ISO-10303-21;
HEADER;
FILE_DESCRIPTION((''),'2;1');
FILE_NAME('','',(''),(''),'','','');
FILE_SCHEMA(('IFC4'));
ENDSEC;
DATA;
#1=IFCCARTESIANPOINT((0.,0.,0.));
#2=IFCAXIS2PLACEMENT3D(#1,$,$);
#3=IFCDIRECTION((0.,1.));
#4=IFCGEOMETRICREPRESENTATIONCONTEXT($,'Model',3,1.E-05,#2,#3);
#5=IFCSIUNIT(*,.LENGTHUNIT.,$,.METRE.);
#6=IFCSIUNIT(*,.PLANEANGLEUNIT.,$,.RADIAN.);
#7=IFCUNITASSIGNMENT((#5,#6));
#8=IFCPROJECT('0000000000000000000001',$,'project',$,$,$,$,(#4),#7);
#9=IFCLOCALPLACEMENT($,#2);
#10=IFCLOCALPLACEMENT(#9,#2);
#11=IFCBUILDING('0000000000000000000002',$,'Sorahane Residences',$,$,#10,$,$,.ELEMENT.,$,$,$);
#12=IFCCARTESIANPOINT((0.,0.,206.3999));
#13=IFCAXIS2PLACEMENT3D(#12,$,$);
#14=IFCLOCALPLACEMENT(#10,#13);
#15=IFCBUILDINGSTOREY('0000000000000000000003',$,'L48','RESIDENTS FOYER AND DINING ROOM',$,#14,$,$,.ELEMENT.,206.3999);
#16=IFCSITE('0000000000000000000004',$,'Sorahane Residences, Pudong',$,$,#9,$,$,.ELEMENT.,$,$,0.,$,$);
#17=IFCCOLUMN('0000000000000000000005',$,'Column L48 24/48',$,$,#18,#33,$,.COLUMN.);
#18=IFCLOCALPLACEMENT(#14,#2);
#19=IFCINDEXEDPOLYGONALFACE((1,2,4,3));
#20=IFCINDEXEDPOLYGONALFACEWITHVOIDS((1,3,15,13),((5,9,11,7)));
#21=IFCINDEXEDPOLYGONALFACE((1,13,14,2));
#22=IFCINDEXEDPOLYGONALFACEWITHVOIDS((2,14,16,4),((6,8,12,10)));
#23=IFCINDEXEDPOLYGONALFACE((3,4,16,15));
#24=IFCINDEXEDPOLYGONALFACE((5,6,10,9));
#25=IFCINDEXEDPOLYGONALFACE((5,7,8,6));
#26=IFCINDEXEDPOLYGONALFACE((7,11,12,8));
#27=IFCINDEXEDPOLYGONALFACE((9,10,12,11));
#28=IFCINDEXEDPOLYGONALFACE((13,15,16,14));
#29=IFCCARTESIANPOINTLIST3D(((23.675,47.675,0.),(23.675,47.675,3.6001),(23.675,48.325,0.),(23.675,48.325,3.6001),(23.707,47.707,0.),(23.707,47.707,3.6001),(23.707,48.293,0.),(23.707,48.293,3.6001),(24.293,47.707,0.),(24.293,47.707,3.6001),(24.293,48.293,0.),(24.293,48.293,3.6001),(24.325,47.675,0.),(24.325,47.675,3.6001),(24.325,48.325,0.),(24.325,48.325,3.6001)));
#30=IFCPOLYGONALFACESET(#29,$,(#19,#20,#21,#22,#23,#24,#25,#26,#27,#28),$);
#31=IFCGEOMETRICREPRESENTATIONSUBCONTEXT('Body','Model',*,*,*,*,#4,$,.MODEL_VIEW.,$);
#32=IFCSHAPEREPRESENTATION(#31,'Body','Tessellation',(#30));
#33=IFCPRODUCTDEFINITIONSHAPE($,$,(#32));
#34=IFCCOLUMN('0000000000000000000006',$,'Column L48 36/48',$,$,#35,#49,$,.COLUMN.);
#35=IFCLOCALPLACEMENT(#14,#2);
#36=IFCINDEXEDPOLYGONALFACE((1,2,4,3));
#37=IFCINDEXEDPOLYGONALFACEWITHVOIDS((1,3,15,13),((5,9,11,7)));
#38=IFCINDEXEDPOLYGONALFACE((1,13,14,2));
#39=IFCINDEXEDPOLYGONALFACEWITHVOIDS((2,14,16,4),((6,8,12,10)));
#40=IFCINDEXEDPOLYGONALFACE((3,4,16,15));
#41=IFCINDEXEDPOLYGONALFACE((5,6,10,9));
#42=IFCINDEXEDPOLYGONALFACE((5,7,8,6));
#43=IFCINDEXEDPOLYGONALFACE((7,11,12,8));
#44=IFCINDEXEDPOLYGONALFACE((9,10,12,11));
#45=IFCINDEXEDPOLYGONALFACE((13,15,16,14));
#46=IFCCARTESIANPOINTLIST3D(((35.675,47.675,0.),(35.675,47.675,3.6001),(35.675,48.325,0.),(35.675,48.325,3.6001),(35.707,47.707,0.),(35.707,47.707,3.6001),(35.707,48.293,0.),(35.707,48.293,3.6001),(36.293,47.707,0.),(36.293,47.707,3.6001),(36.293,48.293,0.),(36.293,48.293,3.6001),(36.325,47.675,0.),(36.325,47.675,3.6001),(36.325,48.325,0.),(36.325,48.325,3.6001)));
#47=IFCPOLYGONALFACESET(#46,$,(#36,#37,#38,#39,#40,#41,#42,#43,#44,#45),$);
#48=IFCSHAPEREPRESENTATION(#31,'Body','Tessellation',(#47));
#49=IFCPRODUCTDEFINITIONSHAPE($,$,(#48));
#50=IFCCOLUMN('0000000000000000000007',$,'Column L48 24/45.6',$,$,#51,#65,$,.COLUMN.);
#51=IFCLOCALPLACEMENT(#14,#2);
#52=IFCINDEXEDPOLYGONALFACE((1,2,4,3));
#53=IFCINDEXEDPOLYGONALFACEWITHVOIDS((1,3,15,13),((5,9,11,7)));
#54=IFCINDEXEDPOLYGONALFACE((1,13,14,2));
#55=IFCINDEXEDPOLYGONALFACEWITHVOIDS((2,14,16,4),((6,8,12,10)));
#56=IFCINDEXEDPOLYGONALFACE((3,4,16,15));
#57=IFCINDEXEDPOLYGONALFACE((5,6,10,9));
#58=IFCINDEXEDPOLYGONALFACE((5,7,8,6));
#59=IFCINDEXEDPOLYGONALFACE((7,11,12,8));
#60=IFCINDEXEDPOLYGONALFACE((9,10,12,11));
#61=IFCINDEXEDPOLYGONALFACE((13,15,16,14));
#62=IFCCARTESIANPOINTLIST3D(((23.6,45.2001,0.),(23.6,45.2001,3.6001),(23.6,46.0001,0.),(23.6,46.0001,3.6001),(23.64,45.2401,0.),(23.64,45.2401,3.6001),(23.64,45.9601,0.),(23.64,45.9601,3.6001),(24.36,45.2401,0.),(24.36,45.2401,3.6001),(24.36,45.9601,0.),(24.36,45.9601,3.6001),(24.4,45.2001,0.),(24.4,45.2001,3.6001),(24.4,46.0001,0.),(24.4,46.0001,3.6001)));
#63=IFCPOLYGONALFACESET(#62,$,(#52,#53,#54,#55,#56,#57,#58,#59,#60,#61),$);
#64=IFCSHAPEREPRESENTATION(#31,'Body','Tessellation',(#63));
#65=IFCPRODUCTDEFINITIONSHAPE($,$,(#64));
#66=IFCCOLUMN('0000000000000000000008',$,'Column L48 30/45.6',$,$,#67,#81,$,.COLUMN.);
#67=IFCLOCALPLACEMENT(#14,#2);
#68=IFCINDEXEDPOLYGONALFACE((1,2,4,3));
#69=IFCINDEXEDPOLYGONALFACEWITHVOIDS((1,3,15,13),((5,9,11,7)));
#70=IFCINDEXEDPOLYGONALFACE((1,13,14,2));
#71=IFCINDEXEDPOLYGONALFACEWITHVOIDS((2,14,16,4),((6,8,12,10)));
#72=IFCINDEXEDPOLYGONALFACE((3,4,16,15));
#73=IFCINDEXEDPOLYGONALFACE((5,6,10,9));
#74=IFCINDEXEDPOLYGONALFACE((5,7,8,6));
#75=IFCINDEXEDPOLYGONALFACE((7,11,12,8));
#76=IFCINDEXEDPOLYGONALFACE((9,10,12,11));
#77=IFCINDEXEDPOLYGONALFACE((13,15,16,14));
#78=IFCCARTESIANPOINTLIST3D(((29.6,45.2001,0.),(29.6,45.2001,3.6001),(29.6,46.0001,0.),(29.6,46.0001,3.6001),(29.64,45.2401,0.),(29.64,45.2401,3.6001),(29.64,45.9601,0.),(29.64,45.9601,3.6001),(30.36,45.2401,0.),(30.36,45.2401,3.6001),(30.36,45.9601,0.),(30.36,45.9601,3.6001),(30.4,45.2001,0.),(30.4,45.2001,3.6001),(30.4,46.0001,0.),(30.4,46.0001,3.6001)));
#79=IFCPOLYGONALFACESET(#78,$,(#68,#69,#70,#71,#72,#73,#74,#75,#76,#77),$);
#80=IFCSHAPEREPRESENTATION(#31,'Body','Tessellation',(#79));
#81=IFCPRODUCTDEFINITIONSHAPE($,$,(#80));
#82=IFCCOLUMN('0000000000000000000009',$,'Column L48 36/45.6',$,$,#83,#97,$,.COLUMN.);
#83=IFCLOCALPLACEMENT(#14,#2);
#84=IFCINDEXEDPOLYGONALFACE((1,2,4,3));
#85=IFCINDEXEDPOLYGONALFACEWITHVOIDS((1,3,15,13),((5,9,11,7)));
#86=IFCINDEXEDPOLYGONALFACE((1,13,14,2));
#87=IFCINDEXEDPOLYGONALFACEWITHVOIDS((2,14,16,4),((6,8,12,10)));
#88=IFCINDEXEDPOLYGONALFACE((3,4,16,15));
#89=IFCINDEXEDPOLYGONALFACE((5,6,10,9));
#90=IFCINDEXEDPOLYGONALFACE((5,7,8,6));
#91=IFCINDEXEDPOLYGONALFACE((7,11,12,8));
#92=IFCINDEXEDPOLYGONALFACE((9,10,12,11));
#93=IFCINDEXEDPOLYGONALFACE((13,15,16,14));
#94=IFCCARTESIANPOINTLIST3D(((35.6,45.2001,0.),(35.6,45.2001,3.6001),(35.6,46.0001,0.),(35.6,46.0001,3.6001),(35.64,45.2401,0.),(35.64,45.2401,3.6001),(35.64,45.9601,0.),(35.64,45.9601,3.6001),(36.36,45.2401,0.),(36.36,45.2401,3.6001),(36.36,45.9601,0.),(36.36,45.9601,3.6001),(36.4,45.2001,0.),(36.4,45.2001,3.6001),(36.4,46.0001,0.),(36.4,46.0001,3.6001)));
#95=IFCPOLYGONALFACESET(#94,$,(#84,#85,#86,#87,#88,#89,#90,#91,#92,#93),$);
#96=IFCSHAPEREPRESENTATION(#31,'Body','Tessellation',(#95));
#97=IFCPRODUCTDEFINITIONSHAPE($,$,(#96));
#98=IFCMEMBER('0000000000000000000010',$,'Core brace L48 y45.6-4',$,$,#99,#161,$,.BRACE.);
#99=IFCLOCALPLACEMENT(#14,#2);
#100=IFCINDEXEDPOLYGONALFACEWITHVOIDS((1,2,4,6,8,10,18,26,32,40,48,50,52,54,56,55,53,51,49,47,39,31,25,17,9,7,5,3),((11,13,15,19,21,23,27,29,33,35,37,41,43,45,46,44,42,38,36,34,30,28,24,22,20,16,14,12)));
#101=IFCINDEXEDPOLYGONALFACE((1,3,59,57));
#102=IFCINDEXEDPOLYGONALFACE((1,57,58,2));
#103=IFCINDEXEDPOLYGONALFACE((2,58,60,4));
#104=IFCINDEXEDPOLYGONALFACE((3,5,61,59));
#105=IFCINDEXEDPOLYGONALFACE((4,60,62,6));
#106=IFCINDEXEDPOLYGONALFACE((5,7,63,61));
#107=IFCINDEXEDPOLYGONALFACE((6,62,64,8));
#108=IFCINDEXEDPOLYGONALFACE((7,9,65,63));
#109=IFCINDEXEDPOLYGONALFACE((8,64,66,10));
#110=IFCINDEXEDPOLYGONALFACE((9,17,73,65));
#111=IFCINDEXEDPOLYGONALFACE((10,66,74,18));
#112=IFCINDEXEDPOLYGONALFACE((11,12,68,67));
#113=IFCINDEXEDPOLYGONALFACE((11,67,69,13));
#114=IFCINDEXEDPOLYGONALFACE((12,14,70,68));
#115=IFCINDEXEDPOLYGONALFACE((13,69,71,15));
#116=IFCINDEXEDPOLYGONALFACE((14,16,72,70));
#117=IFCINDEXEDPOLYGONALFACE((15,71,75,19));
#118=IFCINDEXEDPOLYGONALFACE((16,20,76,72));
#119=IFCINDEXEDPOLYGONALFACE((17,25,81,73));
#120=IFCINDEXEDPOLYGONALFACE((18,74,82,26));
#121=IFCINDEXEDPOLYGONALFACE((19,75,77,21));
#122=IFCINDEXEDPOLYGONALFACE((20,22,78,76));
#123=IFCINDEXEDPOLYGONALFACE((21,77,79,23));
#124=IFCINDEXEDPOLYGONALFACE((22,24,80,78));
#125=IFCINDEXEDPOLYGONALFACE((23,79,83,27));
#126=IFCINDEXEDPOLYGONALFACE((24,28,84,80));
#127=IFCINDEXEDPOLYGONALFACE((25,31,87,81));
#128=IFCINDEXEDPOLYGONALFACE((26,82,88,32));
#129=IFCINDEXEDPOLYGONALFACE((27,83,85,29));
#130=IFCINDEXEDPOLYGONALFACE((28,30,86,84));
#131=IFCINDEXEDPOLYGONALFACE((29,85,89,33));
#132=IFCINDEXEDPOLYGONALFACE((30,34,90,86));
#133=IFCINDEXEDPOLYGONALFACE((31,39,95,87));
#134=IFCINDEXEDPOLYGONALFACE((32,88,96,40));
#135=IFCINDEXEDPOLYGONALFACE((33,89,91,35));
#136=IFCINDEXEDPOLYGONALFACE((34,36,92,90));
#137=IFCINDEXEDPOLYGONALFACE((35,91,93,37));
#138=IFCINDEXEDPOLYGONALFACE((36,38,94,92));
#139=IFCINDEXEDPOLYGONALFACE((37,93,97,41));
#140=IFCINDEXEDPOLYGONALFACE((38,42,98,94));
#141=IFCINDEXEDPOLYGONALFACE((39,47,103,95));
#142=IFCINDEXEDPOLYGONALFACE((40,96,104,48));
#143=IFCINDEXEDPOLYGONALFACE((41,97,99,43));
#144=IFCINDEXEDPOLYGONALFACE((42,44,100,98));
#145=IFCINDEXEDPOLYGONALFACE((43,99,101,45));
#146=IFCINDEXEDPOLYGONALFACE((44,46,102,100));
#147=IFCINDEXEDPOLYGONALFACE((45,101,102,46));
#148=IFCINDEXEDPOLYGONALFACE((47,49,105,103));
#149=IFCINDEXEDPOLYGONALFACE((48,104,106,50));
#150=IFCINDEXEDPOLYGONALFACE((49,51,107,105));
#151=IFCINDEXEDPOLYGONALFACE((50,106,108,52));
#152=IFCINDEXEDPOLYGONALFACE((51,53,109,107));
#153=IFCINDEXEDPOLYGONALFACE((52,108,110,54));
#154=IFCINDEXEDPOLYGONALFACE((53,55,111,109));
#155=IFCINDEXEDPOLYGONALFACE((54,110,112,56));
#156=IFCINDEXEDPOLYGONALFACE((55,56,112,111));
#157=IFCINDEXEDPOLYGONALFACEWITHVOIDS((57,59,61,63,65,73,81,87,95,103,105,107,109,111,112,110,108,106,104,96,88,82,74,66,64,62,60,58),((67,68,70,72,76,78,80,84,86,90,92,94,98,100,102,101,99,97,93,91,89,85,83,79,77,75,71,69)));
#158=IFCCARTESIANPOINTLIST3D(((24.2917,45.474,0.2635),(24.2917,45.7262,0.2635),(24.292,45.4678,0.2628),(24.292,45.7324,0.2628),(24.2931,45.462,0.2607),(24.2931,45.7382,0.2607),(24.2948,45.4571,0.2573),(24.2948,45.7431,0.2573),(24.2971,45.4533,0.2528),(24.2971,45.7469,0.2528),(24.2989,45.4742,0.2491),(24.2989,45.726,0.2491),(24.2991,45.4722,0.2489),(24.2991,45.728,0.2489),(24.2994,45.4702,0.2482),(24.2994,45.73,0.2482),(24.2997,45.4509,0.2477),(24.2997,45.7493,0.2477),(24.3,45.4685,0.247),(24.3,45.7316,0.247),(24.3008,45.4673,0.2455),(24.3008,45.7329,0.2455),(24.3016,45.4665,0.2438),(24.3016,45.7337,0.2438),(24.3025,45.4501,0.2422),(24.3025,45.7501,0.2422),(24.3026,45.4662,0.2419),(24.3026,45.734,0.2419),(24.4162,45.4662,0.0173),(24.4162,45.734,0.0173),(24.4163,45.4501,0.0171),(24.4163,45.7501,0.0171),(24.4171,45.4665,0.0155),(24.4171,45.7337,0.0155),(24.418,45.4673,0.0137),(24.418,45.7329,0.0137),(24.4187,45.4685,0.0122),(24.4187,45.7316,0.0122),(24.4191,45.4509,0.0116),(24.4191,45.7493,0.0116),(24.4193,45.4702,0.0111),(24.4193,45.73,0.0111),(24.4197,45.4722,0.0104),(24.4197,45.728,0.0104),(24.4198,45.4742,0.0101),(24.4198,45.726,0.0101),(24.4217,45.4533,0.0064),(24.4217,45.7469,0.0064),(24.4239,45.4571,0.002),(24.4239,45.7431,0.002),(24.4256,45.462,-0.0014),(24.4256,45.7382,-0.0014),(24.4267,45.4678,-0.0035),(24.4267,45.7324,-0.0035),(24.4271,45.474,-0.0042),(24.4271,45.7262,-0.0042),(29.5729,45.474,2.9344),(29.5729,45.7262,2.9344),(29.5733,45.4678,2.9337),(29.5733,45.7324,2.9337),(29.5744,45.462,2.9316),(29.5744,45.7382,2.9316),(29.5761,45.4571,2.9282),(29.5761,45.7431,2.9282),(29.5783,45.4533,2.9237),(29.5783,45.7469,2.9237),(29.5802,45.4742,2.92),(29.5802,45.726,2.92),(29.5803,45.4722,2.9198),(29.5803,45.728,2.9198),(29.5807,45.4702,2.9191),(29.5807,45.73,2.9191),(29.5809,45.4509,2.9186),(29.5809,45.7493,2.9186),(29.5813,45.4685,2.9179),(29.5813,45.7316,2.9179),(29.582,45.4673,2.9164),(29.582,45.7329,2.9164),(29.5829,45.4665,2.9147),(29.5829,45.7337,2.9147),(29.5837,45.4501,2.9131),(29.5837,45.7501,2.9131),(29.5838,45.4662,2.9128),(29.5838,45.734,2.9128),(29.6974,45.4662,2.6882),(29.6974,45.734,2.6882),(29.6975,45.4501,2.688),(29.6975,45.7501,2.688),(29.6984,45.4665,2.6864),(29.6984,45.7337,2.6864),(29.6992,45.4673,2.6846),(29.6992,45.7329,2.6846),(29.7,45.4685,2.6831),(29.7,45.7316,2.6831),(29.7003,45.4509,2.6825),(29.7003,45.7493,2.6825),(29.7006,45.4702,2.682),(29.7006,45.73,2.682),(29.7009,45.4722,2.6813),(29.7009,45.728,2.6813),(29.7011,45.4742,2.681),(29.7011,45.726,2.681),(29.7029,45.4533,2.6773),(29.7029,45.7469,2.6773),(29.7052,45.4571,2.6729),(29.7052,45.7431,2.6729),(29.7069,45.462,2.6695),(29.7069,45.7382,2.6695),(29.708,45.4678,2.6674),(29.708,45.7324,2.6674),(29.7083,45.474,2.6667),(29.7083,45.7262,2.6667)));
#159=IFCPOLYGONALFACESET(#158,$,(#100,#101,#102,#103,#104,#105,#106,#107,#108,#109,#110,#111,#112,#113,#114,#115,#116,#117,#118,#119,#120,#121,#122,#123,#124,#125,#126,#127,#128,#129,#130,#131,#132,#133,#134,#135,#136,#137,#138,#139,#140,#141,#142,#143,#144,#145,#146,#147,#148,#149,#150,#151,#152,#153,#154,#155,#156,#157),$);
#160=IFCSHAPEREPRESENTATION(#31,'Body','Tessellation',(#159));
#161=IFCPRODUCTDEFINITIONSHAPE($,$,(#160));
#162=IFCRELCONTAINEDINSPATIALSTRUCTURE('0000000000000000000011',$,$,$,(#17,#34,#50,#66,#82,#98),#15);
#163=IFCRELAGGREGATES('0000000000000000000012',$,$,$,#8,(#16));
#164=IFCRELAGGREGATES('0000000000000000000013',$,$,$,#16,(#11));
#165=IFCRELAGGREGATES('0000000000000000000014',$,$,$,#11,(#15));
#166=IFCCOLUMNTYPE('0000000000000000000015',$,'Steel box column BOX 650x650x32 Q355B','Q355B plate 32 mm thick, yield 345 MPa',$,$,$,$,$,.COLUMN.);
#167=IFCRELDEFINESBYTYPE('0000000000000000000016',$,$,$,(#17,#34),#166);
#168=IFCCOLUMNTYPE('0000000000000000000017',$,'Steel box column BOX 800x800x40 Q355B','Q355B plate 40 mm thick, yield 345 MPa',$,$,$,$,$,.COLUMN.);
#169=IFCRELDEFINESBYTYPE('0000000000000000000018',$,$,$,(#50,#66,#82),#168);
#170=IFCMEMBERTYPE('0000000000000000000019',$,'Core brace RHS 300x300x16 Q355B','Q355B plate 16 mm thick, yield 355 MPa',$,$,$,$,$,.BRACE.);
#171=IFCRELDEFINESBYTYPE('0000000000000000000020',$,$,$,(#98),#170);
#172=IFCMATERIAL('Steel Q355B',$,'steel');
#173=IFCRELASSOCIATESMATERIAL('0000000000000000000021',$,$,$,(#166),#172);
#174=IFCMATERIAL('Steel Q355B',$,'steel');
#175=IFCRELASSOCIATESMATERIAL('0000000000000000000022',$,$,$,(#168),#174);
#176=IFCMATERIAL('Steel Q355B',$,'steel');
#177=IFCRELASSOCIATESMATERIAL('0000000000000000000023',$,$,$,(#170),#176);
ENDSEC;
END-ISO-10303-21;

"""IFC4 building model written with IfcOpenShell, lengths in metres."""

from ifc_helpers import new_model, si_unit, direction, frame, origin, origin_2d, place, context, subcontext, project, spatial, hollow_rectangle, extrude, material, material_profile, profile_set, type_object, element, save


model = new_model("IFC4")

# Units and contexts
model_context = context("Model", 3, precision=1e-05, world=origin(), true_north=direction((0.0, 1.0)))
body_context = subcontext(model_context, "Body", "Model", "MODEL_VIEW")
ifc_project = project(units=[si_unit("LENGTHUNIT", "METRE"), si_unit("PLANEANGLEUNIT", "RADIAN")], contexts=[model_context])

# Site, building, storey
site_placement = place(None, origin())
site = spatial("IfcSite", under=ifc_project, at=site_placement, Name="Sorahane Residences, Pudong", CompositionType="ELEMENT", RefElevation=0.0)
building_placement = place(site_placement, origin())
building = spatial("IfcBuilding", under=site, at=building_placement, Name="Sorahane Residences", CompositionType="ELEMENT")
storey_placement = place(building_placement, frame((0.0, 0.0, 206.3999)))
storey = spatial("IfcBuildingStorey", under=building, at=storey_placement, Name="L48", Description="RESIDENTS FOYER AND DINING ROOM", CompositionType="ELEMENT", Elevation=206.3999)

# Columns
ifc_material_1 = material(Name="Steel Q355B", Category="steel")
ifc_material_profile_1 = material_profile(ifc_material_1, hollow_rectangle(XDim=0.6499, YDim=0.6499, WallThickness=0.032, at=origin_2d()), Name="BOX 650x650x32")
ifc_profile_set_1 = profile_set([ifc_material_profile_1], Name="Steel Q355B")
column_type_1 = type_object("IfcColumnType", Name="Steel box column BOX 650x650x32 Q355B", Description="Q355B plate 32 mm thick, yield 345 MPa", PredefinedType="COLUMN", material=ifc_profile_set_1)
for number, where, z_axis, x_axis, name in (
    (1, (24.0, 48.0, 0.0), (0.0, 0.0, 1.0), (1.0, 0.0, 0.0), "Column L48 24/48"),
    (2, (36.0, 48.0, 0.0), (0.0, 0.0, 1.0), (1.0, 0.0, 0.0), "Column L48 36/48"),
):
    element("IfcColumn", number, at=place(storey_placement, frame(where, z_axis=z_axis, x_axis=x_axis)), inside=storey, type_object=column_type_1, Name=name, PredefinedType="COLUMN", context=body_context, shape_type="SweptSolid", body=[
        extrude(hollow_rectangle(XDim=0.6499, YDim=0.6499, WallThickness=0.032, at=origin_2d()), origin(), (0.0, 0.0, 1.0), 3.6001),
    ])
ifc_material_2 = material(Name="Steel Q355B", Category="steel")
ifc_material_profile_2 = material_profile(ifc_material_2, hollow_rectangle(XDim=0.8, YDim=0.8, WallThickness=0.04, at=origin_2d()), Name="BOX 800x800x40")
ifc_profile_set_2 = profile_set([ifc_material_profile_2], Name="Steel Q355B")
column_type_2 = type_object("IfcColumnType", Name="Steel box column BOX 800x800x40 Q355B", Description="Q355B plate 40 mm thick, yield 345 MPa", PredefinedType="COLUMN", material=ifc_profile_set_2)
for number, where, z_axis, x_axis, name in (
    (3, (24.0, 45.6001, 0.0), (0.0, 0.0, 1.0), (1.0, 0.0, 0.0), "Column L48 24/45.6"),
    (4, (30.0, 45.6001, 0.0), (0.0, 0.0, 1.0), (1.0, 0.0, 0.0), "Column L48 30/45.6"),
    (5, (36.0, 45.6001, 0.0), (0.0, 0.0, 1.0), (1.0, 0.0, 0.0), "Column L48 36/45.6"),
):
    element("IfcColumn", number, at=place(storey_placement, frame(where, z_axis=z_axis, x_axis=x_axis)), inside=storey, type_object=column_type_2, Name=name, PredefinedType="COLUMN", context=body_context, shape_type="SweptSolid", body=[
        extrude(hollow_rectangle(XDim=0.8, YDim=0.8, WallThickness=0.04, at=origin_2d()), origin(), (0.0, 0.0, 1.0), 3.6001),
    ])

# Member
ifc_material_3 = material(Name="Steel Q355B", Category="steel")
ifc_material_profile_3 = material_profile(ifc_material_3, hollow_rectangle(XDim=0.3, YDim=0.3, WallThickness=0.0161, InnerFilletRadius=0.0081, OuterFilletRadius=0.0239, at=origin_2d()), Name="RHS 300x300x16")
ifc_profile_set_3 = profile_set([ifc_material_profile_3], Name="Steel Q355B")
member_type_1 = type_object("IfcMemberType", Name="Core brace RHS 300x300x16 Q355B", Description="Q355B plate 16 mm thick, yield 355 MPa", PredefinedType="BRACE", material=ifc_profile_set_3)
for number, where, z_axis, x_axis, name in (
    (6, (24.3594, 45.6001, 0.1296), (0.892372, 0.0, 0.451301), (0.0, 1.0, 0.0), "Core brace L48 y45.6-4"),
):
    element("IfcMember", number, at=place(storey_placement, frame(where, z_axis=z_axis, x_axis=x_axis)), inside=storey, type_object=member_type_1, Name=name, PredefinedType="BRACE", context=body_context, shape_type="SweptSolid", body=[
        extrude(hollow_rectangle(XDim=0.3, YDim=0.3, WallThickness=0.0161, InnerFilletRadius=0.0081, OuterFilletRadius=0.0239, at=origin_2d()), origin(), (0.0, 0.0, 1.0), 5.9182),
    ])

save(model, "model.ifc")
